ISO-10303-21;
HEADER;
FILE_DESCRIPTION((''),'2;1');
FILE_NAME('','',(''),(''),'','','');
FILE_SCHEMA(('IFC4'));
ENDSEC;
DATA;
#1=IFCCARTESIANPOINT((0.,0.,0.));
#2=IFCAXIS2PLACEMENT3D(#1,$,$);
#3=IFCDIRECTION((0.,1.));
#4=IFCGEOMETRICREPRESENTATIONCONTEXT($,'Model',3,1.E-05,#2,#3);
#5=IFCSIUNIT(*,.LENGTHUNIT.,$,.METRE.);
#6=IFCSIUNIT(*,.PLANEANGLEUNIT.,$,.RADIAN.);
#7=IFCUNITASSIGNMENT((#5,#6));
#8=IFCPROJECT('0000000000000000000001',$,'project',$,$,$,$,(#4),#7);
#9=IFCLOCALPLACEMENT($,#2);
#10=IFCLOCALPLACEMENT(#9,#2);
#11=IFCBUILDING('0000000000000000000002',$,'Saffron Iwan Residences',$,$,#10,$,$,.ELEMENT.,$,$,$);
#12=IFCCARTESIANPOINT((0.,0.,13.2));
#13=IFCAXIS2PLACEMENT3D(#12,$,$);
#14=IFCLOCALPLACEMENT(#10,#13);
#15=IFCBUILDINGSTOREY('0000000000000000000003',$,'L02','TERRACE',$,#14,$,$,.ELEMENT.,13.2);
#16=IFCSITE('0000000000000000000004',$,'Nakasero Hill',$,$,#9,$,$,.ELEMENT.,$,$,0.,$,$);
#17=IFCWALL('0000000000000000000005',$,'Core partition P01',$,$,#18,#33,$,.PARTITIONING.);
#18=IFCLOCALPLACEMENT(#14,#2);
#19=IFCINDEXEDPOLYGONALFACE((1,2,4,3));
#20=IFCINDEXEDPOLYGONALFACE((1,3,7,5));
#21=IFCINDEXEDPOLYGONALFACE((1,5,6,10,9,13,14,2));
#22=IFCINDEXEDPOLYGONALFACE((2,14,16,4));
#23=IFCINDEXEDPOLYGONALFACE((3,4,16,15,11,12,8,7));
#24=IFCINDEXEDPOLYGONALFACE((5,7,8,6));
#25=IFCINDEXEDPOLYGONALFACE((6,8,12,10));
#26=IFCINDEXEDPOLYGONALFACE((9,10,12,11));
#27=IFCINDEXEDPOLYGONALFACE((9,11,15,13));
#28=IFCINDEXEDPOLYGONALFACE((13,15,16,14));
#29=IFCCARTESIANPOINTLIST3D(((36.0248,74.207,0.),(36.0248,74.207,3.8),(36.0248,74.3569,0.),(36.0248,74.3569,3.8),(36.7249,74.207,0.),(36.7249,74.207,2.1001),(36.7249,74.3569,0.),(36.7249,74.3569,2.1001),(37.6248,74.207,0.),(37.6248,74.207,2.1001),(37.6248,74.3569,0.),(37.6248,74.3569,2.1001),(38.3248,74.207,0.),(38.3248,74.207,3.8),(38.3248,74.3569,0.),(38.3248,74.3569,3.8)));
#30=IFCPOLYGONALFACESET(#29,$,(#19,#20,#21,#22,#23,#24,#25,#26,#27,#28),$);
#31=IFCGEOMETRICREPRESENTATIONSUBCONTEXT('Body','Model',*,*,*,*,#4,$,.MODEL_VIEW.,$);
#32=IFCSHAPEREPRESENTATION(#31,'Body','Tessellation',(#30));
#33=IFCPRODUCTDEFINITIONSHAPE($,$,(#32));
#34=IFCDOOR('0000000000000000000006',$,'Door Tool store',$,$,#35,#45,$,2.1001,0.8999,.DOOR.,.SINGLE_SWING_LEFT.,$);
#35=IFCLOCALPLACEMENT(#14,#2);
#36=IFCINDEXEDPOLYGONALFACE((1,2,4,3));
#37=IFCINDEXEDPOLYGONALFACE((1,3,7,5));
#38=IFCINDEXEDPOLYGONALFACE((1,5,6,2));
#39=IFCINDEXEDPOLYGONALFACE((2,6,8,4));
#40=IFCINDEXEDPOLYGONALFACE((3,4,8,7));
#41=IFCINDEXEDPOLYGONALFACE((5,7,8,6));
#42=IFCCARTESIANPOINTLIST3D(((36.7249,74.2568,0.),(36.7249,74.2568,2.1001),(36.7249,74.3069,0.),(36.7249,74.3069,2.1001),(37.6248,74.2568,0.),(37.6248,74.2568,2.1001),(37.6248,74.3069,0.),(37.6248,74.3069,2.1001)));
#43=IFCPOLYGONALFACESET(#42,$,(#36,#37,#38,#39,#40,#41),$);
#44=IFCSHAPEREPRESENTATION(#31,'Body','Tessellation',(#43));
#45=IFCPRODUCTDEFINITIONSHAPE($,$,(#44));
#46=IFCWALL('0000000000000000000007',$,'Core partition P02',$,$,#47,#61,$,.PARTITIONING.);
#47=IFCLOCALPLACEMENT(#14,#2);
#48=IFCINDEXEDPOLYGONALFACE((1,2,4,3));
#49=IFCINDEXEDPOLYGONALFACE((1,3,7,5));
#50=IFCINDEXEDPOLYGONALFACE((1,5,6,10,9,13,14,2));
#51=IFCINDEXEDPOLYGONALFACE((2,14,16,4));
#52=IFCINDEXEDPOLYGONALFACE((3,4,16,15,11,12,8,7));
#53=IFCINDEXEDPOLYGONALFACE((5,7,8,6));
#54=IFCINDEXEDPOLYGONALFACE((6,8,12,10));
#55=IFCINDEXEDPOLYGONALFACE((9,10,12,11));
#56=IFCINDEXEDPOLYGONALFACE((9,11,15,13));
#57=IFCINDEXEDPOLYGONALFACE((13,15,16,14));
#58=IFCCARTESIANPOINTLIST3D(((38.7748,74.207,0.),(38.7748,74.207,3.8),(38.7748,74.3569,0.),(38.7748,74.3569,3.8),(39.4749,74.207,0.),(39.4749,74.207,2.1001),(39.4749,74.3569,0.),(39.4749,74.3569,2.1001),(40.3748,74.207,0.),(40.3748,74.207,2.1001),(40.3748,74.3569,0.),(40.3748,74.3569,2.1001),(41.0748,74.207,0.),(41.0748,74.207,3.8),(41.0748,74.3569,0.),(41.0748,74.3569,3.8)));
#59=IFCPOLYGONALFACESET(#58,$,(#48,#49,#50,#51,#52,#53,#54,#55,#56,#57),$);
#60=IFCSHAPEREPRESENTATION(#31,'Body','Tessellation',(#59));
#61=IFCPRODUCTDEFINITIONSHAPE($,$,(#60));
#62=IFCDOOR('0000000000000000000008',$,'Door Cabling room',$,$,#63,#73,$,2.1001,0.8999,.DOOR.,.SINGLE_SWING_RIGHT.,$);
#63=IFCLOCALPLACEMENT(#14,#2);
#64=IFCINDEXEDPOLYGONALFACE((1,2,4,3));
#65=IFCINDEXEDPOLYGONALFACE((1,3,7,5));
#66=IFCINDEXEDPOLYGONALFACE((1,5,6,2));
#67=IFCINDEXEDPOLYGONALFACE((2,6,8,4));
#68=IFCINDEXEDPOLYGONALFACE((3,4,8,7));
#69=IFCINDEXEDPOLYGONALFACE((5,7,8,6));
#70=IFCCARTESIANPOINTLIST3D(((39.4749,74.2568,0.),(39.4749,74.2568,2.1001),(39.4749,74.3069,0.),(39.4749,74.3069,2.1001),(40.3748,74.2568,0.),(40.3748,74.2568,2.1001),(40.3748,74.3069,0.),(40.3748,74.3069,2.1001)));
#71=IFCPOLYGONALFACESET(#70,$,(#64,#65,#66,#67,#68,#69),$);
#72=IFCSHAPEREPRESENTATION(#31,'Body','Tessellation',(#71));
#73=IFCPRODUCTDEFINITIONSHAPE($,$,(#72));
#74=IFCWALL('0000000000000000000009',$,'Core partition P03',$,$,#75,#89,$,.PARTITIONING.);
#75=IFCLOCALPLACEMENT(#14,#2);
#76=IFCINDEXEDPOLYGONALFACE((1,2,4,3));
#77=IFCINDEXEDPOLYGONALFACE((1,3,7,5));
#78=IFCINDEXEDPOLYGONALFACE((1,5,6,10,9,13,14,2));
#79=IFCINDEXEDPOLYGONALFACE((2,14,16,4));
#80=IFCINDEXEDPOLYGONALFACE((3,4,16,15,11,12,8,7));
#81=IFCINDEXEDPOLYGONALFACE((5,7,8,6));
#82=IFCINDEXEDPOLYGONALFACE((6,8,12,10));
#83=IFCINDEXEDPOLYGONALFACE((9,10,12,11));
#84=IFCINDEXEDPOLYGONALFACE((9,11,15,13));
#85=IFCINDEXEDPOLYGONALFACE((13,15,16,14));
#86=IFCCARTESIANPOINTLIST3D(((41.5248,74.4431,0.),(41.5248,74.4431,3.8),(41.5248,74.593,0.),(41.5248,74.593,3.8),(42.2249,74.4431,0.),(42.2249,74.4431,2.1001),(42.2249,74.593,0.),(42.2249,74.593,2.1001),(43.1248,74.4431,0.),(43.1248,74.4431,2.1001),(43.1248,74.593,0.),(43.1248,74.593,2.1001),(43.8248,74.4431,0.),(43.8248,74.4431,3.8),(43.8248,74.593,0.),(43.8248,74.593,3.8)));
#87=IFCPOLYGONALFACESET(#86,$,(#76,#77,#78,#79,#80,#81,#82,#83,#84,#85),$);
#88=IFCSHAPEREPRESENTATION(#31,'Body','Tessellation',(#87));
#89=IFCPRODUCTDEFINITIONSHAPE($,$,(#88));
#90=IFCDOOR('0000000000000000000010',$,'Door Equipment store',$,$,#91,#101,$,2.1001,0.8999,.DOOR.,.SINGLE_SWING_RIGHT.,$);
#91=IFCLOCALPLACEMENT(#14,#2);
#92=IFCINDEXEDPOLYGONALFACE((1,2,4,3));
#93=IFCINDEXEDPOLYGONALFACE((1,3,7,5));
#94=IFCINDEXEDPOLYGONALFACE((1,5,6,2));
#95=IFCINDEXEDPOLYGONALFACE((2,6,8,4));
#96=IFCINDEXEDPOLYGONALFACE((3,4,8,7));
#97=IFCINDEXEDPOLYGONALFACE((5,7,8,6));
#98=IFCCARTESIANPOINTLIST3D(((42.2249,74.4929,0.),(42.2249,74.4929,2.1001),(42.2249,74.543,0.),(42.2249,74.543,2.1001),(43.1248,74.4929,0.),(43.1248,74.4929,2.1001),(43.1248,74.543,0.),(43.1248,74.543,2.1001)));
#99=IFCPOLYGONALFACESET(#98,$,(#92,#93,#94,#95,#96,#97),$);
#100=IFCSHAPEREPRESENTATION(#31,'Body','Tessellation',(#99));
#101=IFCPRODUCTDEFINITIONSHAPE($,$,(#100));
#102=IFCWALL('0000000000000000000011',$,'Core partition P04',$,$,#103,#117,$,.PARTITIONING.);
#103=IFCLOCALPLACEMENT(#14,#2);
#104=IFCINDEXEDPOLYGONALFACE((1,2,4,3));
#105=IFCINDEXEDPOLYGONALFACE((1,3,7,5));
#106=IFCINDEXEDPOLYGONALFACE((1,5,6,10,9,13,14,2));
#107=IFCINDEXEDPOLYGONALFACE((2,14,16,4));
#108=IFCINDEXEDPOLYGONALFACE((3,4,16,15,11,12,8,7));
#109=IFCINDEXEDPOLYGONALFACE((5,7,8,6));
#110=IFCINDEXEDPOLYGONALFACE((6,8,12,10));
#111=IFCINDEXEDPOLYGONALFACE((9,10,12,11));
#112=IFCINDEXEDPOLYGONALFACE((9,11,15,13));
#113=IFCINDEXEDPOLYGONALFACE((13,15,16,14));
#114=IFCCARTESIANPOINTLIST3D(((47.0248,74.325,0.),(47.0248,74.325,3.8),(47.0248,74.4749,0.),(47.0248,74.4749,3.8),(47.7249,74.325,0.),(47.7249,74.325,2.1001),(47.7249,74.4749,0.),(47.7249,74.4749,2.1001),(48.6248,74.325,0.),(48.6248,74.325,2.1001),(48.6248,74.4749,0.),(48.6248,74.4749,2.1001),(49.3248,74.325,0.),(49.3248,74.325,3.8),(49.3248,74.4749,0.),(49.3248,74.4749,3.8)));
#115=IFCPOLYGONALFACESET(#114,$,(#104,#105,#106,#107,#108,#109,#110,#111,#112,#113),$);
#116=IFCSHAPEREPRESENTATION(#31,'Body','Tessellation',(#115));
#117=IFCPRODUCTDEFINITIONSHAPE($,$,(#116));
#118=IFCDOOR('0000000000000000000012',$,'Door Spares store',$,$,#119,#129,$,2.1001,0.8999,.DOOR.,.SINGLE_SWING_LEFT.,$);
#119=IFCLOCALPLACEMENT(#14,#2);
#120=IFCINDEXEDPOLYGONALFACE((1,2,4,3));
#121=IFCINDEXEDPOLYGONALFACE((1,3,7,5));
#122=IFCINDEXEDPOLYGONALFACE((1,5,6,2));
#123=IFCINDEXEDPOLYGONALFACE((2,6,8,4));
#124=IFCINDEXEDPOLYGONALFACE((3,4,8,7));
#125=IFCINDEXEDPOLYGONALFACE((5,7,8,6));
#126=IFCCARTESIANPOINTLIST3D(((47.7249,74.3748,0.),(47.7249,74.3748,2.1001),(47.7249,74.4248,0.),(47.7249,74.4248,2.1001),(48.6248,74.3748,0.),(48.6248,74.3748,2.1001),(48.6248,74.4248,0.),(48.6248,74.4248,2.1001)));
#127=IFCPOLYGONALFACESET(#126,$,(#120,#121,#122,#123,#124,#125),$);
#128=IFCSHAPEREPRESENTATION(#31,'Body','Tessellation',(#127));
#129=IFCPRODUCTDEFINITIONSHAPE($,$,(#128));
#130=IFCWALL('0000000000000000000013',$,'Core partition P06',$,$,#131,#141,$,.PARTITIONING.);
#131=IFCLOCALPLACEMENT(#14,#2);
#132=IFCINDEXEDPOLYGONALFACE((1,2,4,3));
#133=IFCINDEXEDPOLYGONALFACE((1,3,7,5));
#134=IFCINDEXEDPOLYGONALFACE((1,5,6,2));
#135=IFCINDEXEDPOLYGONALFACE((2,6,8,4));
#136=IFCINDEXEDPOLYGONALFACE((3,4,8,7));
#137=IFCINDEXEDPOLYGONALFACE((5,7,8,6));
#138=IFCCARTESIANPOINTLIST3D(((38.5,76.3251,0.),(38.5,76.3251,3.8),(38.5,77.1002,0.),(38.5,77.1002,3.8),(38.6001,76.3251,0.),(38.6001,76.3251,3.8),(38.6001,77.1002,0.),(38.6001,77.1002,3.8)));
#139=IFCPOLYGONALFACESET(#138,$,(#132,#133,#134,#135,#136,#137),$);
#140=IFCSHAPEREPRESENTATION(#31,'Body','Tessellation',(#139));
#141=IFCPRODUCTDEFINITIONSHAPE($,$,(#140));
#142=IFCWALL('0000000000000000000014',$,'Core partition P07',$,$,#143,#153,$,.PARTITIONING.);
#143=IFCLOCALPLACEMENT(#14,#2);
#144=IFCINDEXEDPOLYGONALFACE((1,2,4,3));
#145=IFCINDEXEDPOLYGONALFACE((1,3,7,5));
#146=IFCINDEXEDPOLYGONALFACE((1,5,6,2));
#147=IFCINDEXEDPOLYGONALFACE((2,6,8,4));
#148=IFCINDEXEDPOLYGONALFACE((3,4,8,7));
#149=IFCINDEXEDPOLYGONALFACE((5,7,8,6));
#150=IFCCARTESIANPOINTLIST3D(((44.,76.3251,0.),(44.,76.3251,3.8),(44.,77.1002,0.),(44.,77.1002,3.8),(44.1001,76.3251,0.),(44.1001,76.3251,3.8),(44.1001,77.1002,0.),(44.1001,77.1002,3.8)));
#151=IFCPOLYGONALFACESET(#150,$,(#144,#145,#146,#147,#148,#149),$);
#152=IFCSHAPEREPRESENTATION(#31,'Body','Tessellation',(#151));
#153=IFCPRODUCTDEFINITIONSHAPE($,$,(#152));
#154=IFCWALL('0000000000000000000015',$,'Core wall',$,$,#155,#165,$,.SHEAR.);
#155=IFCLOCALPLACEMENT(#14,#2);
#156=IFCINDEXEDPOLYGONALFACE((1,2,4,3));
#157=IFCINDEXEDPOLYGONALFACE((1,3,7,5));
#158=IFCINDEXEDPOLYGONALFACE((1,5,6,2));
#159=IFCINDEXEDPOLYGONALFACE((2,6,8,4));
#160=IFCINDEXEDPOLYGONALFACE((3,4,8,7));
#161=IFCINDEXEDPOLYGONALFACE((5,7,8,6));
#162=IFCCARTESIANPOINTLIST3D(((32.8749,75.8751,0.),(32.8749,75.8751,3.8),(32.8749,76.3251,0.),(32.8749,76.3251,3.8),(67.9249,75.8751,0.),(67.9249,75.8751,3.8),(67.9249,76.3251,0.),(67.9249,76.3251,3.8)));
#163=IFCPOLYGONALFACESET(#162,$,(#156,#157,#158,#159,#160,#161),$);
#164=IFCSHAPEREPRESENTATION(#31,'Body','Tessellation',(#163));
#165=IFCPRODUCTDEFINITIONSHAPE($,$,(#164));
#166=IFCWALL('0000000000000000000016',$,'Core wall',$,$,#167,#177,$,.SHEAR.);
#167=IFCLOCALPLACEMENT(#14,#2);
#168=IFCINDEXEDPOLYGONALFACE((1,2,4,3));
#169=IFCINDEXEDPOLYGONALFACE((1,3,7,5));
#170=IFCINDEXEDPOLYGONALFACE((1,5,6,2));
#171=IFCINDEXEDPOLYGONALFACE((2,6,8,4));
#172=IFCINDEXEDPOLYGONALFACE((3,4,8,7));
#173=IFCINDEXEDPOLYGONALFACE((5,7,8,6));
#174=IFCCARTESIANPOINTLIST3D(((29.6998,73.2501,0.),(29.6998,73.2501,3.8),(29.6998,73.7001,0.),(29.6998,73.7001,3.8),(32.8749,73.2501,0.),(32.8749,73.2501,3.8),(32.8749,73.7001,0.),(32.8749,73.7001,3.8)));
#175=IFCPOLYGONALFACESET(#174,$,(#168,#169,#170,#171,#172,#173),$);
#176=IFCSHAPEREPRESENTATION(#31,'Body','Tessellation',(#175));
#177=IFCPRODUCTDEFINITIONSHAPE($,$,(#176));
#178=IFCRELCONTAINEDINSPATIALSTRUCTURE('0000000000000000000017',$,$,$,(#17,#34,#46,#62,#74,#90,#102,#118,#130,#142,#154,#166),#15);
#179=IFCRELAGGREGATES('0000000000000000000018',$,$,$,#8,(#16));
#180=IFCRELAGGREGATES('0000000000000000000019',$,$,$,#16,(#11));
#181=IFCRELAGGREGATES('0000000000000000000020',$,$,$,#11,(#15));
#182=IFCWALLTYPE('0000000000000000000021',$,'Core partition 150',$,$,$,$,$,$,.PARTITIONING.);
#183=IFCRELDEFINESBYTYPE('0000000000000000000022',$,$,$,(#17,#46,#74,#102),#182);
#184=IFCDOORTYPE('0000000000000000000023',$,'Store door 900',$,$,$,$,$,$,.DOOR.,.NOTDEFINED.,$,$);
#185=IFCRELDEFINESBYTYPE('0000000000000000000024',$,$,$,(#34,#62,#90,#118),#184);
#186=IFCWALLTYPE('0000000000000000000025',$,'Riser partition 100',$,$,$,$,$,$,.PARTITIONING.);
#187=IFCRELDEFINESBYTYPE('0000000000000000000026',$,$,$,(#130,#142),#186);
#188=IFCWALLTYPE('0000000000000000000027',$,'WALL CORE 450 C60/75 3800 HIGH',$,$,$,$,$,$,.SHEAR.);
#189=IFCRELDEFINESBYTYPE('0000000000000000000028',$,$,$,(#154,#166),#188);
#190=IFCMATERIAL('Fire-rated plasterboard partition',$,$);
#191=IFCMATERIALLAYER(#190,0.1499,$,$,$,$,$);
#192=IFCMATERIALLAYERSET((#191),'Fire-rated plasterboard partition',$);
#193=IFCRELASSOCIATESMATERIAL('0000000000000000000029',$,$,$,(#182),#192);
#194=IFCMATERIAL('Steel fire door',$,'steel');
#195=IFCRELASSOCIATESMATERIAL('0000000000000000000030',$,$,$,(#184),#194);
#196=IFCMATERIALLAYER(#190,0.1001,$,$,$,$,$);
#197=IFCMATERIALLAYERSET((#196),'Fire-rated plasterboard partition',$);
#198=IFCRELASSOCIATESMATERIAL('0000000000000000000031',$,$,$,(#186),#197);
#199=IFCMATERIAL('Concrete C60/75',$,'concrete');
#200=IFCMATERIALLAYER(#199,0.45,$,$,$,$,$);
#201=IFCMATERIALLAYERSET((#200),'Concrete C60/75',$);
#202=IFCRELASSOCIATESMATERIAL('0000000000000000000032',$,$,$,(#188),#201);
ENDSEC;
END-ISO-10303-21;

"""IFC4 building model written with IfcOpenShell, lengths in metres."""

from ifc_helpers import new_model, si_unit, direction, frame, frame_2d, origin, place, context, subcontext, project, spatial, rectangle, extrude, material, layer, layer_set, type_object, element, fill, save


model = new_model("IFC4")

# Units and contexts
model_context = context("Model", 3, precision=1e-05, world=origin(), true_north=direction((0.0, 1.0)))
body_context = subcontext(model_context, "Body", "Model", "MODEL_VIEW")
ifc_project = project(units=[si_unit("LENGTHUNIT", "METRE"), si_unit("PLANEANGLEUNIT", "RADIAN")], contexts=[model_context])

# Site, building, storey
site_placement = place(None, origin())
site = spatial("IfcSite", under=ifc_project, at=site_placement, Name="Nakasero Hill", CompositionType="ELEMENT", RefElevation=0.0)
building_placement = place(site_placement, origin())
building = spatial("IfcBuilding", under=site, at=building_placement, Name="Saffron Iwan Residences", CompositionType="ELEMENT")
storey_placement = place(building_placement, frame((0.0, 0.0, 13.2)))
storey = spatial("IfcBuildingStorey", under=building, at=storey_placement, Name="L02", Description="TERRACE", CompositionType="ELEMENT", Elevation=13.2)

# Walls, openings, doors
ifc_material_1 = material(Name="Fire-rated plasterboard partition")
ifc_layer_1 = layer(ifc_material_1, 0.1499)
ifc_layer_set_1 = layer_set([ifc_layer_1], Name="Fire-rated plasterboard partition")
wall_type_1 = type_object("IfcWallType", Name="Core partition 150", PredefinedType="PARTITIONING", material=ifc_layer_set_1)
wall_1_placement = place(storey_placement, frame((36.0249, 74.282, 0.0), z_axis=(0.0, 0.0, 1.0), x_axis=(1.0, 0.0, 0.0)))
wall_1 = element("IfcWall", 1, at=wall_1_placement, inside=storey, type_object=wall_type_1, Name="Core partition P01", PredefinedType="PARTITIONING", context=body_context, shape_type="SweptSolid", body=[
    extrude(rectangle(XDim=2.3, YDim=0.1499, at=frame_2d((1.1499, 0.0))), origin(), (0.0, 0.0, 1.0), 3.8),
])
opening_1_placement = place(wall_1_placement, frame((0.7, 0.0, 0.0)))
opening_1 = element("IfcOpeningElement", 2, at=opening_1_placement, cuts=wall_1, PredefinedType="OPENING", context=body_context, shape_type="SweptSolid", body=[
    extrude(rectangle(XDim=0.8999, YDim=2.1001, at=frame_2d((0.45, 1.05))), frame((0.0, 0.085, 0.0), z_axis=(0.0, -1.0, 0.0), x_axis=(1.0, 0.0, 0.0)), (0.0, 0.0, 1.0), 0.1699),
])
ifc_material_2 = material(Name="Steel fire door", Category="steel")
door_type = type_object("IfcDoorType", Name="Store door 900", OperationType="NOTDEFINED", PredefinedType="DOOR", material=ifc_material_2)
door_1_placement = place(opening_1_placement, origin())
door_1 = element("IfcDoor", 3, at=door_1_placement, inside=storey, type_object=door_type, Name="Door Tool store", OperationType="SINGLE_SWING_LEFT", OverallHeight=2.1001, OverallWidth=0.8999, PredefinedType="DOOR", context=body_context, shape_type="SweptSolid", body=[
    extrude(rectangle(XDim=0.8999, YDim=2.1001, at=frame_2d((0.45, 1.05))), frame((0.0, 0.0249, 0.0), z_axis=(0.0, -1.0, 0.0), x_axis=(1.0, 0.0, 0.0)), (0.0, 0.0, 1.0), 0.05),
])
fill(opening_1, door_1)
wall_2_placement = place(storey_placement, frame((38.7749, 74.282, 0.0), z_axis=(0.0, 0.0, 1.0), x_axis=(1.0, 0.0, 0.0)))
wall_2 = element("IfcWall", 4, at=wall_2_placement, inside=storey, type_object=wall_type_1, Name="Core partition P02", PredefinedType="PARTITIONING", context=body_context, shape_type="SweptSolid", body=[
    extrude(rectangle(XDim=2.3, YDim=0.1499, at=frame_2d((1.1499, 0.0))), origin(), (0.0, 0.0, 1.0), 3.8),
])
opening_2_placement = place(wall_2_placement, frame((0.7, 0.0, 0.0)))
opening_2 = element("IfcOpeningElement", 5, at=opening_2_placement, cuts=wall_2, PredefinedType="OPENING", context=body_context, shape_type="SweptSolid", body=[
    extrude(rectangle(XDim=0.8999, YDim=2.1001, at=frame_2d((0.45, 1.05))), frame((0.0, 0.085, 0.0), z_axis=(0.0, -1.0, 0.0), x_axis=(1.0, 0.0, 0.0)), (0.0, 0.0, 1.0), 0.1699),
])
door_2_placement = place(opening_2_placement, origin())
door_2 = element("IfcDoor", 6, at=door_2_placement, inside=storey, type_object=door_type, Name="Door Cabling room", OperationType="SINGLE_SWING_RIGHT", OverallHeight=2.1001, OverallWidth=0.8999, PredefinedType="DOOR", context=body_context, shape_type="SweptSolid", body=[
    extrude(rectangle(XDim=0.8999, YDim=2.1001, at=frame_2d((0.45, 1.05))), frame((0.0, 0.0249, 0.0), z_axis=(0.0, -1.0, 0.0), x_axis=(1.0, 0.0, 0.0)), (0.0, 0.0, 1.0), 0.05),
])
fill(opening_2, door_2)
wall_3_placement = place(storey_placement, frame((41.5249, 74.5181, 0.0), z_axis=(0.0, 0.0, 1.0), x_axis=(1.0, 0.0, 0.0)))
wall_3 = element("IfcWall", 7, at=wall_3_placement, inside=storey, type_object=wall_type_1, Name="Core partition P03", PredefinedType="PARTITIONING", context=body_context, shape_type="SweptSolid", body=[
    extrude(rectangle(XDim=2.3, YDim=0.1499, at=frame_2d((1.1499, 0.0))), origin(), (0.0, 0.0, 1.0), 3.8),
])
opening_3_placement = place(wall_3_placement, frame((0.7, 0.0, 0.0)))
opening_3 = element("IfcOpeningElement", 8, at=opening_3_placement, cuts=wall_3, PredefinedType="OPENING", context=body_context, shape_type="SweptSolid", body=[
    extrude(rectangle(XDim=0.8999, YDim=2.1001, at=frame_2d((0.45, 1.05))), frame((0.0, 0.085, 0.0), z_axis=(0.0, -1.0, 0.0), x_axis=(1.0, 0.0, 0.0)), (0.0, 0.0, 1.0), 0.1699),
])
door_3_placement = place(opening_3_placement, origin())
door_3 = element("IfcDoor", 9, at=door_3_placement, inside=storey, type_object=door_type, Name="Door Equipment store", OperationType="SINGLE_SWING_RIGHT", OverallHeight=2.1001, OverallWidth=0.8999, PredefinedType="DOOR", context=body_context, shape_type="SweptSolid", body=[
    extrude(rectangle(XDim=0.8999, YDim=2.1001, at=frame_2d((0.45, 1.05))), frame((0.0, 0.0249, 0.0), z_axis=(0.0, -1.0, 0.0), x_axis=(1.0, 0.0, 0.0)), (0.0, 0.0, 1.0), 0.05),
])
fill(opening_3, door_3)
wall_4_placement = place(storey_placement, frame((47.0249, 74.3999, 0.0), z_axis=(0.0, 0.0, 1.0), x_axis=(1.0, 0.0, 0.0)))
wall_4 = element("IfcWall", 10, at=wall_4_placement, inside=storey, type_object=wall_type_1, Name="Core partition P04", PredefinedType="PARTITIONING", context=body_context, shape_type="SweptSolid", body=[
    extrude(rectangle(XDim=2.3, YDim=0.1499, at=frame_2d((1.1499, 0.0))), origin(), (0.0, 0.0, 1.0), 3.8),
])
opening_4_placement = place(wall_4_placement, frame((0.7, 0.0, 0.0)))
opening_4 = element("IfcOpeningElement", 11, at=opening_4_placement, cuts=wall_4, PredefinedType="OPENING", context=body_context, shape_type="SweptSolid", body=[
    extrude(rectangle(XDim=0.8999, YDim=2.1001, at=frame_2d((0.45, 1.05))), frame((0.0, 0.085, 0.0), z_axis=(0.0, -1.0, 0.0), x_axis=(1.0, 0.0, 0.0)), (0.0, 0.0, 1.0), 0.1699),
])
door_4_placement = place(opening_4_placement, origin())
door_4 = element("IfcDoor", 12, at=door_4_placement, inside=storey, type_object=door_type, Name="Door Spares store", OperationType="SINGLE_SWING_LEFT", OverallHeight=2.1001, OverallWidth=0.8999, PredefinedType="DOOR", context=body_context, shape_type="SweptSolid", body=[
    extrude(rectangle(XDim=0.8999, YDim=2.1001, at=frame_2d((0.45, 1.05))), frame((0.0, 0.0249, 0.0), z_axis=(0.0, -1.0, 0.0), x_axis=(1.0, 0.0, 0.0)), (0.0, 0.0, 1.0), 0.05),
])
fill(opening_4, door_4)

# Walls
ifc_layer_2 = layer(ifc_material_1, 0.1001)
ifc_layer_set_2 = layer_set([ifc_layer_2], Name="Fire-rated plasterboard partition")
wall_type_2 = type_object("IfcWallType", Name="Riser partition 100", PredefinedType="PARTITIONING", material=ifc_layer_set_2)
for number, where, z_axis, x_axis, name in (
    (13, (38.55, 76.325, 0.0), (0.0, 0.0, 1.0), (0.0, 1.0, 0.0), "Core partition P06"),
    (14, (44.05, 76.325, 0.0), (0.0, 0.0, 1.0), (0.0, 1.0, 0.0), "Core partition P07"),
):
    element("IfcWall", number, at=place(storey_placement, frame(where, z_axis=z_axis, x_axis=x_axis)), inside=storey, type_object=wall_type_2, Name=name, PredefinedType="PARTITIONING", context=body_context, shape_type="SweptSolid", body=[
        extrude(rectangle(XDim=0.7751, YDim=0.1001, at=frame_2d((0.3877, 0.0))), origin(), (0.0, 0.0, 1.0), 3.8),
    ])
ifc_material_3 = material(Name="Concrete C60/75", Category="concrete")
ifc_layer_3 = layer(ifc_material_3, 0.45)
ifc_layer_set_3 = layer_set([ifc_layer_3], Name="Concrete C60/75")
wall_type_3 = type_object("IfcWallType", Name="WALL CORE 450 C60/75 3800 HIGH", PredefinedType="SHEAR", material=ifc_layer_set_3)
wall_5_placement = place(storey_placement, frame((32.875, 76.1001, 0.0), z_axis=(0.0, 0.0, 1.0), x_axis=(1.0, 0.0, 0.0)))
element("IfcWall", 15, at=wall_5_placement, inside=storey, type_object=wall_type_3, Name="Core wall", PredefinedType="SHEAR", context=body_context, shape_type="SweptSolid", body=[
    extrude(rectangle(XDim=35.05, YDim=0.45, at=frame_2d((17.5249, 0.0))), origin(), (0.0, 0.0, 1.0), 3.8),
])
wall_6_placement = place(storey_placement, frame((29.7, 73.4751, 0.0), z_axis=(0.0, 0.0, 1.0), x_axis=(1.0, 0.0, 0.0)))
element("IfcWall", 16, at=wall_6_placement, inside=storey, type_object=wall_type_3, Name="Core wall", PredefinedType="SHEAR", context=body_context, shape_type="SweptSolid", body=[
    extrude(rectangle(XDim=3.175, YDim=0.45, at=frame_2d((1.5874, 0.0))), origin(), (0.0, 0.0, 1.0), 3.8),
])

save(model, "model.ifc")
